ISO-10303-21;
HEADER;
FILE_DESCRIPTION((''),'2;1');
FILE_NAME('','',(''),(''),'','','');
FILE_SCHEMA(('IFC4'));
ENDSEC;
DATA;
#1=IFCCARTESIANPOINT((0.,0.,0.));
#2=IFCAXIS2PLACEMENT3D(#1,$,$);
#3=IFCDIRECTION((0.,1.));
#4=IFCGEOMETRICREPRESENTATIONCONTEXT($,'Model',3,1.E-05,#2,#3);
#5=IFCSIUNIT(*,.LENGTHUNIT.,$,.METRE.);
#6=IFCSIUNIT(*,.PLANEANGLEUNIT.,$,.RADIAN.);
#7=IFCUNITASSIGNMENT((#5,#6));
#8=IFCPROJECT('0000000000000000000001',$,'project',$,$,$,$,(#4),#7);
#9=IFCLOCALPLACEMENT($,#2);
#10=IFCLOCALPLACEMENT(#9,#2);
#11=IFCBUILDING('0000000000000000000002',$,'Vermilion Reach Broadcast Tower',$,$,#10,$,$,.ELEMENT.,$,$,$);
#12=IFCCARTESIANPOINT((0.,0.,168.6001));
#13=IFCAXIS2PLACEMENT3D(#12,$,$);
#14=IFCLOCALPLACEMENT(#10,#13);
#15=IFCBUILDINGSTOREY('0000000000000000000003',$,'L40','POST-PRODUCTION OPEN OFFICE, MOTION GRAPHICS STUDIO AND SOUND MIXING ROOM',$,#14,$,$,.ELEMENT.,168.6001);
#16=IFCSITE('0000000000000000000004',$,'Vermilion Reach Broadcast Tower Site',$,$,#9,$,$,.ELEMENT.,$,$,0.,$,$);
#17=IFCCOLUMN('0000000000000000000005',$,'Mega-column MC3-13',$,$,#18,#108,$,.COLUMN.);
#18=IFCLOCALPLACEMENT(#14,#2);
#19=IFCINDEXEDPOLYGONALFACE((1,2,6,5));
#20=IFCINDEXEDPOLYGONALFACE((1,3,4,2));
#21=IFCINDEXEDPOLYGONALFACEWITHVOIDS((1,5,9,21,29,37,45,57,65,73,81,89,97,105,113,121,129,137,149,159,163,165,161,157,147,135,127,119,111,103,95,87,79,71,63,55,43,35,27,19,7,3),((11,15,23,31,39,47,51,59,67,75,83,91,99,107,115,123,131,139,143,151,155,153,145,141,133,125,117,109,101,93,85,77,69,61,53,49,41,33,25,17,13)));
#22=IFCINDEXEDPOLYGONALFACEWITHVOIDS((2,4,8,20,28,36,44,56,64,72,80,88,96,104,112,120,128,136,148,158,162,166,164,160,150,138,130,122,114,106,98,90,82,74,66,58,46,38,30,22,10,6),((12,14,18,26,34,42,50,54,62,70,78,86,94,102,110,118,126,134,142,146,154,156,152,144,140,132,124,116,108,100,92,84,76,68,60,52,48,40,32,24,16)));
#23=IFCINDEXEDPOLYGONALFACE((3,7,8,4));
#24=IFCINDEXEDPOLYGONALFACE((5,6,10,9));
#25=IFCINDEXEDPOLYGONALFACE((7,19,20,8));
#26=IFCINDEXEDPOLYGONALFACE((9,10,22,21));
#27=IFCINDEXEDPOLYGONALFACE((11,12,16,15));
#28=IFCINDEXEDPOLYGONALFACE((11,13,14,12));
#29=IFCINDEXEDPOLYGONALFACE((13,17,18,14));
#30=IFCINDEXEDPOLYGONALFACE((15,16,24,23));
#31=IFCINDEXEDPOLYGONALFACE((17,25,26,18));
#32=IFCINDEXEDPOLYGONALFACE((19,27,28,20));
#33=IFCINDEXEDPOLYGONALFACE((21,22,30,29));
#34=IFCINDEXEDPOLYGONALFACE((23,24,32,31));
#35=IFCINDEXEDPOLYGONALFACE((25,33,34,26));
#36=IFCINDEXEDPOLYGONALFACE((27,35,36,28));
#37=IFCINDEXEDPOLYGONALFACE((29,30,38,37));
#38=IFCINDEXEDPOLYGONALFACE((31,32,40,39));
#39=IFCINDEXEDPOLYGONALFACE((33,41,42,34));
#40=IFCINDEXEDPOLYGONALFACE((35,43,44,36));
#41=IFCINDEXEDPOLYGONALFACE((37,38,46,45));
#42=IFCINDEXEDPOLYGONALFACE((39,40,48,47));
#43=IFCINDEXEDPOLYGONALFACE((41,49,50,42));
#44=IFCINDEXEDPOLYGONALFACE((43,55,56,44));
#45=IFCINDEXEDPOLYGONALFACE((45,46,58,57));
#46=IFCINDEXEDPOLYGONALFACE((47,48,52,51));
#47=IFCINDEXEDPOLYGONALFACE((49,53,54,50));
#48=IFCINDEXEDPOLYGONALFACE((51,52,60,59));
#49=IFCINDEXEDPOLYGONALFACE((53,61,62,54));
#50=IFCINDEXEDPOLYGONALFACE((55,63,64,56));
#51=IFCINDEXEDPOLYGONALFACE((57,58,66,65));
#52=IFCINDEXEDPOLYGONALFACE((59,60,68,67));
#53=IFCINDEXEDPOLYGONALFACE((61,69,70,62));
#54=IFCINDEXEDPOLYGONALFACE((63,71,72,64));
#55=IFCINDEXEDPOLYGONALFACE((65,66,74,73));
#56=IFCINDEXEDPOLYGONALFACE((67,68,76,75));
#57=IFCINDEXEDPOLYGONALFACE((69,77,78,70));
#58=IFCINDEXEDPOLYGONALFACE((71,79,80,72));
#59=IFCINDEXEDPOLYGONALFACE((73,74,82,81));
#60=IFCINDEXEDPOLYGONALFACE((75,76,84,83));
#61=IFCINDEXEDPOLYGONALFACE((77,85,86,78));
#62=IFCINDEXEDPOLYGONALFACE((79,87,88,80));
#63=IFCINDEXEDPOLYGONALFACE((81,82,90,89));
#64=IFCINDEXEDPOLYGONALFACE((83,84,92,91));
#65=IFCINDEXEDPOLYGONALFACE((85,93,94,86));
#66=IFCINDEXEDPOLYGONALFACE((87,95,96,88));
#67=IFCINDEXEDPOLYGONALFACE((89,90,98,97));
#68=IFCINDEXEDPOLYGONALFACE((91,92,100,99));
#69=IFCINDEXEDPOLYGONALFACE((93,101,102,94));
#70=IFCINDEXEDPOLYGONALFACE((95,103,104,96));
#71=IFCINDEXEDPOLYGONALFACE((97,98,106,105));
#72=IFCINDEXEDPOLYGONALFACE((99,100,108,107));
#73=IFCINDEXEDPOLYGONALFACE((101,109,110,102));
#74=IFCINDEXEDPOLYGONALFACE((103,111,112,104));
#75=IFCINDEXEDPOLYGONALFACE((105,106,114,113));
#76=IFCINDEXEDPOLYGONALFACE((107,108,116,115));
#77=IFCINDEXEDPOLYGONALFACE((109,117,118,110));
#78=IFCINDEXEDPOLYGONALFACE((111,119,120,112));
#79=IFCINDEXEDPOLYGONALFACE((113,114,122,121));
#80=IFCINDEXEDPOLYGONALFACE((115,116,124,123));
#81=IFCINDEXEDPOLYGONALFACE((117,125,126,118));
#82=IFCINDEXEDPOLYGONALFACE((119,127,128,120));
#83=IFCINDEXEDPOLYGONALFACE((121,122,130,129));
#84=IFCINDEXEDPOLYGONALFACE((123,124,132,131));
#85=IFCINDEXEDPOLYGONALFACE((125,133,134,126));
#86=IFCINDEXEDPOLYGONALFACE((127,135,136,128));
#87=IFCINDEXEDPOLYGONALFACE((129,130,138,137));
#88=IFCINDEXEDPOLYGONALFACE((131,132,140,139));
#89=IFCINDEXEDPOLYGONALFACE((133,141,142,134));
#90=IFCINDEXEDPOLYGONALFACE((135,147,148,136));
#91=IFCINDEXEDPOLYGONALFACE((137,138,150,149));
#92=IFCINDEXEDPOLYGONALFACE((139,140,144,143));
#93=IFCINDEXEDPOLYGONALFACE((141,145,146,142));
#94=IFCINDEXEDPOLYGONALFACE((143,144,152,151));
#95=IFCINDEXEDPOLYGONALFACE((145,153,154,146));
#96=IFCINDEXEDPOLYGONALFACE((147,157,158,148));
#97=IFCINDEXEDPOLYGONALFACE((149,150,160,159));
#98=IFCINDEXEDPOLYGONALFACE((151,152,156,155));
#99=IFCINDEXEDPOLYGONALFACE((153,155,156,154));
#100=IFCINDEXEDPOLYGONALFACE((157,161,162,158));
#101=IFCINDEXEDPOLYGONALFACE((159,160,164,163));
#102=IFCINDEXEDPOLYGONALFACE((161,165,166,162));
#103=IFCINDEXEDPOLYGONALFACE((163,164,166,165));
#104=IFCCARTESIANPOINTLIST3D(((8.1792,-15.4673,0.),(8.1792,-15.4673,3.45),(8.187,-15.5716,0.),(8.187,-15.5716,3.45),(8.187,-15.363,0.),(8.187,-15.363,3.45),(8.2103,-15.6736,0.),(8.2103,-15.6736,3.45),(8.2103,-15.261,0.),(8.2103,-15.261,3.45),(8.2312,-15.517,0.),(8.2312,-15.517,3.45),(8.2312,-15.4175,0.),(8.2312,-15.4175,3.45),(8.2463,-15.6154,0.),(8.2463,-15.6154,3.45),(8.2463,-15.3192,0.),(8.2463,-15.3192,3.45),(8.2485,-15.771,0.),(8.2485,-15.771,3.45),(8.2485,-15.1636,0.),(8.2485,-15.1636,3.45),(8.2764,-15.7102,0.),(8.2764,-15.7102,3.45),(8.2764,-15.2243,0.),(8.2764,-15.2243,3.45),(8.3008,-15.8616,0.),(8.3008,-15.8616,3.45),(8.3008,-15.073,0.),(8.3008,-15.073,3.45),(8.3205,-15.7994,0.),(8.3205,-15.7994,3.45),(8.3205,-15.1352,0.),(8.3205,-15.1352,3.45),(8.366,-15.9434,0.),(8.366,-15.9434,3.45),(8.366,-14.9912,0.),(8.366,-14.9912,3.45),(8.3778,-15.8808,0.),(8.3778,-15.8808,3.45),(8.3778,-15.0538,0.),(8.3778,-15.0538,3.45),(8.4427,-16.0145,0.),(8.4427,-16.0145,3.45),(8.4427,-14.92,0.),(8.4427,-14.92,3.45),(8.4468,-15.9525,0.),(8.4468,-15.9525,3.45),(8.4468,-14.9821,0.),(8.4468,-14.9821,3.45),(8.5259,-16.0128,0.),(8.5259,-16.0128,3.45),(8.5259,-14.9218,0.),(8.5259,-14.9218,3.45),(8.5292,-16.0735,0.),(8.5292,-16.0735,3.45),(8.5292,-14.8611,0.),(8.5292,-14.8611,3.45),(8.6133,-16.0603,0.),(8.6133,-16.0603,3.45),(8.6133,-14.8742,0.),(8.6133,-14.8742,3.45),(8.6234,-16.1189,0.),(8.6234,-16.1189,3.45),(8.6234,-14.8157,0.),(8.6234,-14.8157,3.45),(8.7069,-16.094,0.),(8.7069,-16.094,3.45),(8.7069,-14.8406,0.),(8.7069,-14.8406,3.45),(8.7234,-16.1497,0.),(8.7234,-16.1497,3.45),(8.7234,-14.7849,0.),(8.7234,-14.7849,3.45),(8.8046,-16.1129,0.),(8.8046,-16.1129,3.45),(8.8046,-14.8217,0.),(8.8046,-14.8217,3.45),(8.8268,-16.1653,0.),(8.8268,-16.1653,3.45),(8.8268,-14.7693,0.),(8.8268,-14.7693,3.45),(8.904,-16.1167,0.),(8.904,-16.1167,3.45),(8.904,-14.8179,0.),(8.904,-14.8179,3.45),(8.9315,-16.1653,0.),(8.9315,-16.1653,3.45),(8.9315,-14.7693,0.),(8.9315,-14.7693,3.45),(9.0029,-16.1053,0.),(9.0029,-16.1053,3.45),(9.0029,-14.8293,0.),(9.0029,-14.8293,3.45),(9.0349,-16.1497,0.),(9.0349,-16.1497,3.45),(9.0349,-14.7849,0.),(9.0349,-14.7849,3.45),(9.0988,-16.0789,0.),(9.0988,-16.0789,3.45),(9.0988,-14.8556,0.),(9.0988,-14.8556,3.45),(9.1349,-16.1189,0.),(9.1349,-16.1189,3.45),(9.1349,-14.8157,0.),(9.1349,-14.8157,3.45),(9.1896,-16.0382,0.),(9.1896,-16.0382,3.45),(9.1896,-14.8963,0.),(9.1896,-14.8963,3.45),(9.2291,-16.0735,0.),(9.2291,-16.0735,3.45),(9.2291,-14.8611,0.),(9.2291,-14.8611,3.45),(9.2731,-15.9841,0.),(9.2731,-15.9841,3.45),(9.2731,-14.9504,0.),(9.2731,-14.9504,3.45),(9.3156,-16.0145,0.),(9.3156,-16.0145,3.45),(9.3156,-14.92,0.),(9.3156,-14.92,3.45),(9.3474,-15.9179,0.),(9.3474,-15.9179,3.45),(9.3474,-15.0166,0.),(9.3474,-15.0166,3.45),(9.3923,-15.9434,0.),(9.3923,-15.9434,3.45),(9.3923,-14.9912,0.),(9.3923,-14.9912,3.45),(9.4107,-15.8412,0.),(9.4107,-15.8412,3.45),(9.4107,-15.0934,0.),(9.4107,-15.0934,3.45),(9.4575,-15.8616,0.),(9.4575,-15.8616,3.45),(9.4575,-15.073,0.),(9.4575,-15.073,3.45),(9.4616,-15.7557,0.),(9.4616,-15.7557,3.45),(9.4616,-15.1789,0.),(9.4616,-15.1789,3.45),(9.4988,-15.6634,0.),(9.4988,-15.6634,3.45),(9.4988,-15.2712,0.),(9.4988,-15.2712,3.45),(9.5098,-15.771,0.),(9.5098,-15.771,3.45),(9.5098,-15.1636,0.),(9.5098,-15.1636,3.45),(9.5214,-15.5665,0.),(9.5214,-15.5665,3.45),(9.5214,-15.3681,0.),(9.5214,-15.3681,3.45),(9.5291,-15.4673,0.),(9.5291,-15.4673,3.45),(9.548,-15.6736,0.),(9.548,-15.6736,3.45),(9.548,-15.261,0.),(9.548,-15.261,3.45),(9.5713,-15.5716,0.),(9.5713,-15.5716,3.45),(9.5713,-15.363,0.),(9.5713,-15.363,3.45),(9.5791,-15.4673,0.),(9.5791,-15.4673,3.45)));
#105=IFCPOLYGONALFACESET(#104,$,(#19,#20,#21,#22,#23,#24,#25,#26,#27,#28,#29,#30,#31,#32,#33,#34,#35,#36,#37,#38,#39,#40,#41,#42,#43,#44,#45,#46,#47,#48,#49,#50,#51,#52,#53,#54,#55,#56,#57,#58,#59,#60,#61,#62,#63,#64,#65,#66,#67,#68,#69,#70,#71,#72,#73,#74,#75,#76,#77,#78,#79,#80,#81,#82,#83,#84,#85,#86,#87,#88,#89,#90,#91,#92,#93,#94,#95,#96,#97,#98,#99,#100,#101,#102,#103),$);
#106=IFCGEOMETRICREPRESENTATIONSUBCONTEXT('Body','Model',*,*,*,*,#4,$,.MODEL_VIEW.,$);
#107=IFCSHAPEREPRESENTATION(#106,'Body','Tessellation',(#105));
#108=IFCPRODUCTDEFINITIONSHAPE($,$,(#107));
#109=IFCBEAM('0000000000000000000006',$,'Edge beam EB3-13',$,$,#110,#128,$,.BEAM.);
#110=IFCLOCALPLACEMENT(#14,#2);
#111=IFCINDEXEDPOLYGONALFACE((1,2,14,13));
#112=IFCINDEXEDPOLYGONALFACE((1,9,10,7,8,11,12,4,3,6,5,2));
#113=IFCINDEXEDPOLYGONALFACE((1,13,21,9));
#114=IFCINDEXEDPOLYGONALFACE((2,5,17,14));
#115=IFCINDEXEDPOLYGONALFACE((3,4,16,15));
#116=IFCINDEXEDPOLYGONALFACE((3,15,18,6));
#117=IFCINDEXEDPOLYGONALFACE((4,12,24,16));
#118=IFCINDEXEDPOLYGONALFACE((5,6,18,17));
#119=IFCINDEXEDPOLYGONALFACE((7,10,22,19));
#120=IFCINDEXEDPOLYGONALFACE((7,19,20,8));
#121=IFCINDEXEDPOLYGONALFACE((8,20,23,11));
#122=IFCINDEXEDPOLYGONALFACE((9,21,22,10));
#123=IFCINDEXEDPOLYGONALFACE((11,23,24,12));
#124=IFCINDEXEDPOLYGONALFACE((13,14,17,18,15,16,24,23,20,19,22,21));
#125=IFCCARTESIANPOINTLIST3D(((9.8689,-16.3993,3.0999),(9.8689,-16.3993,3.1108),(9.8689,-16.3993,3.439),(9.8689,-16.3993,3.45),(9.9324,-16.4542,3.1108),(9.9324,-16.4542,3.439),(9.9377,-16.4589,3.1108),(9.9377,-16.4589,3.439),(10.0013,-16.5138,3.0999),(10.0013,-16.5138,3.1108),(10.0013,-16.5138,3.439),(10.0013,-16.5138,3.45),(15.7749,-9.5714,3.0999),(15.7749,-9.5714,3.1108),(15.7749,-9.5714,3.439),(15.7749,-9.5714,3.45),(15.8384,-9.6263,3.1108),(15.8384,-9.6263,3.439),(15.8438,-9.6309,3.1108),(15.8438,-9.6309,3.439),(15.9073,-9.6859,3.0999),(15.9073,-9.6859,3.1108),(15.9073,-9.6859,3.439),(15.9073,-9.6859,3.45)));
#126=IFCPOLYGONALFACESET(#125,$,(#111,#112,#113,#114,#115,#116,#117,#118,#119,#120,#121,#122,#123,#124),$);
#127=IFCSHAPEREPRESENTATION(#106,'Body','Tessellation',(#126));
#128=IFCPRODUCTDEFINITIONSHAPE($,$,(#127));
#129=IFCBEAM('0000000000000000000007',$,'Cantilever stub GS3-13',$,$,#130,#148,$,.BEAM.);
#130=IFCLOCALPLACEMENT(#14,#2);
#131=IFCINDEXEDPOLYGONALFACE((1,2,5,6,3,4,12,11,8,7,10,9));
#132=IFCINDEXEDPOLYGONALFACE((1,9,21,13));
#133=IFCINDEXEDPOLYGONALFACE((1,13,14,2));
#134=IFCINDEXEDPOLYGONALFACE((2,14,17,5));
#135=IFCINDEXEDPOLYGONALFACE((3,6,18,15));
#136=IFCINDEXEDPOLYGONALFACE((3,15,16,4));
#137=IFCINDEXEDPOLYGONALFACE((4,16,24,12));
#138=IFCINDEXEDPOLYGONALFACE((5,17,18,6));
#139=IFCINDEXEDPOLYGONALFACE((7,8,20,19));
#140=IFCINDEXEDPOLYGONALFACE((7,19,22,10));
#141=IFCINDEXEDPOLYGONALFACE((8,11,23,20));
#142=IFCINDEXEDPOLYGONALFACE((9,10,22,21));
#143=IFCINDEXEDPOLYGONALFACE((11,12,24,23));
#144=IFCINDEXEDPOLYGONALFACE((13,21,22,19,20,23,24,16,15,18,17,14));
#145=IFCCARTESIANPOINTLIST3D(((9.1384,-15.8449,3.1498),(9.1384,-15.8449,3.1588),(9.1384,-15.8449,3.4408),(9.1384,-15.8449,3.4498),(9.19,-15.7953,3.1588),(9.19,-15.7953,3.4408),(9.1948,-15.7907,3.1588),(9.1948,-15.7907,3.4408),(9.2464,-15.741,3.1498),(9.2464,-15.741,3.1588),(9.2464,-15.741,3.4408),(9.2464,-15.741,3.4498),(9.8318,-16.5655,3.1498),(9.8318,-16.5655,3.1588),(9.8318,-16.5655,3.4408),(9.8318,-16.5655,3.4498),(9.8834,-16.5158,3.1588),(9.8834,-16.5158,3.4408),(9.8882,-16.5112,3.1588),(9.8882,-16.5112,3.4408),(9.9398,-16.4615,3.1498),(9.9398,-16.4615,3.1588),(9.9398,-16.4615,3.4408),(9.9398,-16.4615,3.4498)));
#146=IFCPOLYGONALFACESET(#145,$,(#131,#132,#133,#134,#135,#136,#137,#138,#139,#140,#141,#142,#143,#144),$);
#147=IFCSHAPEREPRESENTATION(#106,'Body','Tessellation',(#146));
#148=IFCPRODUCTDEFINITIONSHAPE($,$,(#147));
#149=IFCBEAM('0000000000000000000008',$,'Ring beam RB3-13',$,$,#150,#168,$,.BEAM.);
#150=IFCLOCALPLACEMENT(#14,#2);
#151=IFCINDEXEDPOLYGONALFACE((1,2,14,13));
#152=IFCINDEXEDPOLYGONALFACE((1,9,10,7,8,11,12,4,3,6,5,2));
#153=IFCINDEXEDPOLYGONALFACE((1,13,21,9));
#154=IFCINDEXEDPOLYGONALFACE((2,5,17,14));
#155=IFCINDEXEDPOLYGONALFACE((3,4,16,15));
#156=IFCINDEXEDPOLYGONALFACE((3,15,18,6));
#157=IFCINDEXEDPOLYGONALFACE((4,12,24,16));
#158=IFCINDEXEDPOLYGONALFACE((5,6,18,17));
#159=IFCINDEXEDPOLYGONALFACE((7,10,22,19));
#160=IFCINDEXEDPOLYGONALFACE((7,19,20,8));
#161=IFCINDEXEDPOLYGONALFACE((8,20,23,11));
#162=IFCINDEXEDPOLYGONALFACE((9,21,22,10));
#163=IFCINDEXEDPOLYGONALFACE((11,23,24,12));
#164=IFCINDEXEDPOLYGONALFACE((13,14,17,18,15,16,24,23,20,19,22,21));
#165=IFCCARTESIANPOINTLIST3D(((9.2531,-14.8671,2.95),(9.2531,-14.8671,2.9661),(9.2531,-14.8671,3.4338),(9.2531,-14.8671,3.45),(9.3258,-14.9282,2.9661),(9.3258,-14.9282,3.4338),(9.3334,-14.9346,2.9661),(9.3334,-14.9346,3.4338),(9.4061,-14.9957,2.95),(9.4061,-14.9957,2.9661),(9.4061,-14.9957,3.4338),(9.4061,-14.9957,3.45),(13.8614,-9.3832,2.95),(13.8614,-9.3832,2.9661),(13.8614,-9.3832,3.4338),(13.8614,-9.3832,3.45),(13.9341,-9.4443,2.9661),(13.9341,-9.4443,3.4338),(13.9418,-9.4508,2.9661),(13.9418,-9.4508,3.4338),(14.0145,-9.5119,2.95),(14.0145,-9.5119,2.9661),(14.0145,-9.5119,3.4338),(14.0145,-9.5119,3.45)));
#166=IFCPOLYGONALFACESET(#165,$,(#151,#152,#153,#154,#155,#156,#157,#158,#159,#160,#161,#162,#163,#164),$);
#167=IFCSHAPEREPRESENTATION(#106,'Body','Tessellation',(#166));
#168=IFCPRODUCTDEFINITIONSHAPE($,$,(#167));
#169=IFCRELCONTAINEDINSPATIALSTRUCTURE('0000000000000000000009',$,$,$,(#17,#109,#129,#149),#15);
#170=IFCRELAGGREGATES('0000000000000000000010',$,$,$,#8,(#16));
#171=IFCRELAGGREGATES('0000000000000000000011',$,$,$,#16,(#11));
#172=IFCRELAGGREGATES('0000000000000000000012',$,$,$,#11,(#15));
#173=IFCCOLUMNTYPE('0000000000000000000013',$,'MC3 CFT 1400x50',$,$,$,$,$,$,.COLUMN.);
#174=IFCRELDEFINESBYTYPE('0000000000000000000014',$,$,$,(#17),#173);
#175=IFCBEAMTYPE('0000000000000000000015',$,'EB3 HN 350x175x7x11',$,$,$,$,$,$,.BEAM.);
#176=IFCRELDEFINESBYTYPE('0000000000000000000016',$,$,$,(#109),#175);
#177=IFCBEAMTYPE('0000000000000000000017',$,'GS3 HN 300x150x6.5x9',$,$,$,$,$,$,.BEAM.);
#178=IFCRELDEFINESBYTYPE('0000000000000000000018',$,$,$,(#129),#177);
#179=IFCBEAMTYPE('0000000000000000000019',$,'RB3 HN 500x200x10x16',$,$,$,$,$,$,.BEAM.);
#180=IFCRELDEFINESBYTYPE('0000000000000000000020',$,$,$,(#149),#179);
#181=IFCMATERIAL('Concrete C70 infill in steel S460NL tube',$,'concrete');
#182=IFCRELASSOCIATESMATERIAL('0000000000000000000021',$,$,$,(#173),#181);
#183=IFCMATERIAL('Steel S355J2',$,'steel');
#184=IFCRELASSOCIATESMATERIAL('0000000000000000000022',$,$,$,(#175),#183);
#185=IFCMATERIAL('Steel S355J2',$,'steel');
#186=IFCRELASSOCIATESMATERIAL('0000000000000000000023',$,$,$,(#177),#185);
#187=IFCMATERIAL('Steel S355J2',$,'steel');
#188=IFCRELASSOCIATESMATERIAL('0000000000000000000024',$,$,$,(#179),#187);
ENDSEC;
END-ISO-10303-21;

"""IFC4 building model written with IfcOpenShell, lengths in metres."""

from ifc_helpers import new_model, si_unit, direction, frame, origin, origin_2d, place, context, subcontext, project, spatial, hollow_circle, i_section, extrude, material, material_profile, profile_set, type_object, element, save


model = new_model("IFC4")

# Units and contexts
model_context = context("Model", 3, precision=1e-05, world=origin(), true_north=direction((0.0, 1.0)))
body_context = subcontext(model_context, "Body", "Model", "MODEL_VIEW")
ifc_project = project(units=[si_unit("LENGTHUNIT", "METRE"), si_unit("PLANEANGLEUNIT", "RADIAN")], contexts=[model_context])

# Site, building, storey
site_placement = place(None, origin())
site = spatial("IfcSite", under=ifc_project, at=site_placement, Name="Vermilion Reach Broadcast Tower Site", CompositionType="ELEMENT", RefElevation=0.0)
building_placement = place(site_placement, origin())
building = spatial("IfcBuilding", under=site, at=building_placement, Name="Vermilion Reach Broadcast Tower", CompositionType="ELEMENT")
storey_placement = place(building_placement, frame((0.0, 0.0, 168.6001)))
storey = spatial("IfcBuildingStorey", under=building, at=storey_placement, Name="L40", Description="POST-PRODUCTION OPEN OFFICE, MOTION GRAPHICS STUDIO AND SOUND MIXING ROOM", CompositionType="ELEMENT", Elevation=168.6001)

# Column
ifc_material_1 = material(Name="Concrete C70 infill in steel S460NL tube", Category="concrete")
ifc_material_profile_1 = material_profile(ifc_material_1, hollow_circle(Radius=0.7, WallThickness=0.05, at=origin_2d()), Name="Concrete C70 infill in steel S460NL tube CFT 1400x50")
ifc_profile_set_1 = profile_set([ifc_material_profile_1], Name="Concrete C70 infill in steel S460NL tube")
column_type = type_object("IfcColumnType", Name="MC3 CFT 1400x50", PredefinedType="COLUMN", material=ifc_profile_set_1)
column_placement = place(storey_placement, frame((8.8792, -15.4673, 0.0), z_axis=(0.0, 0.0, 1.0), x_axis=(1.0, 0.0, 0.0)))
element("IfcColumn", 1, at=column_placement, inside=storey, type_object=column_type, Name="Mega-column MC3-13", PredefinedType="COLUMN", context=body_context, shape_type="SweptSolid", body=[
    extrude(hollow_circle(Radius=0.7, WallThickness=0.05, at=origin_2d()), origin(), (0.0, 0.0, 1.0), 3.45),
])

# Beams
ifc_material_2 = material(Name="Steel S355J2", Category="steel")
ifc_material_profile_2 = material_profile(ifc_material_2, i_section(OverallWidth=0.175, OverallDepth=0.3501, WebThickness=0.0071, FlangeThickness=0.011, at=origin_2d()), Name="S355J2 HN 350x175x7x11")
ifc_profile_set_2 = profile_set([ifc_material_profile_2], Name="Steel S355J2")
beam_type_1 = type_object("IfcBeamType", Name="EB3 HN 350x175x7x11", PredefinedType="BEAM", material=ifc_profile_set_2)
beam_1_placement = place(storey_placement, frame((9.9351, -16.4565, 3.2749), z_axis=(0.654203, 0.756319, 0.0), x_axis=(-0.756319, 0.654203, 0.0)))
element("IfcBeam", 2, at=beam_1_placement, inside=storey, type_object=beam_type_1, Name="Edge beam EB3-13", PredefinedType="BEAM", context=body_context, shape_type="SweptSolid", body=[
    extrude(i_section(OverallWidth=0.175, OverallDepth=0.3501, WebThickness=0.0071, FlangeThickness=0.011, at=origin_2d()), origin(), (0.0, 0.0, 1.0), 9.0278),
])
ifc_material_3 = material(Name="Steel S355J2", Category="steel")
ifc_material_profile_3 = material_profile(ifc_material_3, i_section(OverallWidth=0.1499, OverallDepth=0.3, WebThickness=0.0066, FlangeThickness=0.009, at=origin_2d()), Name="S355J2 HN 300x150x6.5x9")
ifc_profile_set_3 = profile_set([ifc_material_profile_3], Name="Steel S355J2")
beam_type_2 = type_object("IfcBeamType", Name="GS3 HN 300x150x6.5x9", PredefinedType="BEAM", material=ifc_profile_set_3)
beam_2_placement = place(storey_placement, frame((9.1924, -15.793, 3.2998), z_axis=(0.693426, -0.720528, 0.0), x_axis=(0.720528, 0.693426, 0.0)))
element("IfcBeam", 3, at=beam_2_placement, inside=storey, type_object=beam_type_2, Name="Cantilever stub GS3-13", PredefinedType="BEAM", context=body_context, shape_type="SweptSolid", body=[
    extrude(i_section(OverallWidth=0.1499, OverallDepth=0.3, WebThickness=0.0066, FlangeThickness=0.009, at=origin_2d()), origin(), (0.0, 0.0, 1.0), 1.0),
])
ifc_material_4 = material(Name="Steel S355J2", Category="steel")
ifc_material_profile_4 = material_profile(ifc_material_4, i_section(OverallWidth=0.2, OverallDepth=0.5, WebThickness=0.01, FlangeThickness=0.0161, at=origin_2d()), Name="S355J2 HN 500x200x10x16")
ifc_profile_set_4 = profile_set([ifc_material_profile_4], Name="Steel S355J2")
beam_type_3 = type_object("IfcBeamType", Name="RB3 HN 500x200x10x16", PredefinedType="BEAM", material=ifc_profile_set_4)
beam_3_placement = place(storey_placement, frame((9.3296, -14.9314, 3.2), z_axis=(0.64335, 0.765572, 0.0), x_axis=(-0.765572, 0.64335, 0.0)))
element("IfcBeam", 4, at=beam_3_placement, inside=storey, type_object=beam_type_3, Name="Ring beam RB3-13", PredefinedType="BEAM", context=body_context, shape_type="SweptSolid", body=[
    extrude(i_section(OverallWidth=0.2, OverallDepth=0.5, WebThickness=0.01, FlangeThickness=0.0161, at=origin_2d()), origin(), (0.0, 0.0, 1.0), 7.1631),
])

save(model, "model.ifc")
